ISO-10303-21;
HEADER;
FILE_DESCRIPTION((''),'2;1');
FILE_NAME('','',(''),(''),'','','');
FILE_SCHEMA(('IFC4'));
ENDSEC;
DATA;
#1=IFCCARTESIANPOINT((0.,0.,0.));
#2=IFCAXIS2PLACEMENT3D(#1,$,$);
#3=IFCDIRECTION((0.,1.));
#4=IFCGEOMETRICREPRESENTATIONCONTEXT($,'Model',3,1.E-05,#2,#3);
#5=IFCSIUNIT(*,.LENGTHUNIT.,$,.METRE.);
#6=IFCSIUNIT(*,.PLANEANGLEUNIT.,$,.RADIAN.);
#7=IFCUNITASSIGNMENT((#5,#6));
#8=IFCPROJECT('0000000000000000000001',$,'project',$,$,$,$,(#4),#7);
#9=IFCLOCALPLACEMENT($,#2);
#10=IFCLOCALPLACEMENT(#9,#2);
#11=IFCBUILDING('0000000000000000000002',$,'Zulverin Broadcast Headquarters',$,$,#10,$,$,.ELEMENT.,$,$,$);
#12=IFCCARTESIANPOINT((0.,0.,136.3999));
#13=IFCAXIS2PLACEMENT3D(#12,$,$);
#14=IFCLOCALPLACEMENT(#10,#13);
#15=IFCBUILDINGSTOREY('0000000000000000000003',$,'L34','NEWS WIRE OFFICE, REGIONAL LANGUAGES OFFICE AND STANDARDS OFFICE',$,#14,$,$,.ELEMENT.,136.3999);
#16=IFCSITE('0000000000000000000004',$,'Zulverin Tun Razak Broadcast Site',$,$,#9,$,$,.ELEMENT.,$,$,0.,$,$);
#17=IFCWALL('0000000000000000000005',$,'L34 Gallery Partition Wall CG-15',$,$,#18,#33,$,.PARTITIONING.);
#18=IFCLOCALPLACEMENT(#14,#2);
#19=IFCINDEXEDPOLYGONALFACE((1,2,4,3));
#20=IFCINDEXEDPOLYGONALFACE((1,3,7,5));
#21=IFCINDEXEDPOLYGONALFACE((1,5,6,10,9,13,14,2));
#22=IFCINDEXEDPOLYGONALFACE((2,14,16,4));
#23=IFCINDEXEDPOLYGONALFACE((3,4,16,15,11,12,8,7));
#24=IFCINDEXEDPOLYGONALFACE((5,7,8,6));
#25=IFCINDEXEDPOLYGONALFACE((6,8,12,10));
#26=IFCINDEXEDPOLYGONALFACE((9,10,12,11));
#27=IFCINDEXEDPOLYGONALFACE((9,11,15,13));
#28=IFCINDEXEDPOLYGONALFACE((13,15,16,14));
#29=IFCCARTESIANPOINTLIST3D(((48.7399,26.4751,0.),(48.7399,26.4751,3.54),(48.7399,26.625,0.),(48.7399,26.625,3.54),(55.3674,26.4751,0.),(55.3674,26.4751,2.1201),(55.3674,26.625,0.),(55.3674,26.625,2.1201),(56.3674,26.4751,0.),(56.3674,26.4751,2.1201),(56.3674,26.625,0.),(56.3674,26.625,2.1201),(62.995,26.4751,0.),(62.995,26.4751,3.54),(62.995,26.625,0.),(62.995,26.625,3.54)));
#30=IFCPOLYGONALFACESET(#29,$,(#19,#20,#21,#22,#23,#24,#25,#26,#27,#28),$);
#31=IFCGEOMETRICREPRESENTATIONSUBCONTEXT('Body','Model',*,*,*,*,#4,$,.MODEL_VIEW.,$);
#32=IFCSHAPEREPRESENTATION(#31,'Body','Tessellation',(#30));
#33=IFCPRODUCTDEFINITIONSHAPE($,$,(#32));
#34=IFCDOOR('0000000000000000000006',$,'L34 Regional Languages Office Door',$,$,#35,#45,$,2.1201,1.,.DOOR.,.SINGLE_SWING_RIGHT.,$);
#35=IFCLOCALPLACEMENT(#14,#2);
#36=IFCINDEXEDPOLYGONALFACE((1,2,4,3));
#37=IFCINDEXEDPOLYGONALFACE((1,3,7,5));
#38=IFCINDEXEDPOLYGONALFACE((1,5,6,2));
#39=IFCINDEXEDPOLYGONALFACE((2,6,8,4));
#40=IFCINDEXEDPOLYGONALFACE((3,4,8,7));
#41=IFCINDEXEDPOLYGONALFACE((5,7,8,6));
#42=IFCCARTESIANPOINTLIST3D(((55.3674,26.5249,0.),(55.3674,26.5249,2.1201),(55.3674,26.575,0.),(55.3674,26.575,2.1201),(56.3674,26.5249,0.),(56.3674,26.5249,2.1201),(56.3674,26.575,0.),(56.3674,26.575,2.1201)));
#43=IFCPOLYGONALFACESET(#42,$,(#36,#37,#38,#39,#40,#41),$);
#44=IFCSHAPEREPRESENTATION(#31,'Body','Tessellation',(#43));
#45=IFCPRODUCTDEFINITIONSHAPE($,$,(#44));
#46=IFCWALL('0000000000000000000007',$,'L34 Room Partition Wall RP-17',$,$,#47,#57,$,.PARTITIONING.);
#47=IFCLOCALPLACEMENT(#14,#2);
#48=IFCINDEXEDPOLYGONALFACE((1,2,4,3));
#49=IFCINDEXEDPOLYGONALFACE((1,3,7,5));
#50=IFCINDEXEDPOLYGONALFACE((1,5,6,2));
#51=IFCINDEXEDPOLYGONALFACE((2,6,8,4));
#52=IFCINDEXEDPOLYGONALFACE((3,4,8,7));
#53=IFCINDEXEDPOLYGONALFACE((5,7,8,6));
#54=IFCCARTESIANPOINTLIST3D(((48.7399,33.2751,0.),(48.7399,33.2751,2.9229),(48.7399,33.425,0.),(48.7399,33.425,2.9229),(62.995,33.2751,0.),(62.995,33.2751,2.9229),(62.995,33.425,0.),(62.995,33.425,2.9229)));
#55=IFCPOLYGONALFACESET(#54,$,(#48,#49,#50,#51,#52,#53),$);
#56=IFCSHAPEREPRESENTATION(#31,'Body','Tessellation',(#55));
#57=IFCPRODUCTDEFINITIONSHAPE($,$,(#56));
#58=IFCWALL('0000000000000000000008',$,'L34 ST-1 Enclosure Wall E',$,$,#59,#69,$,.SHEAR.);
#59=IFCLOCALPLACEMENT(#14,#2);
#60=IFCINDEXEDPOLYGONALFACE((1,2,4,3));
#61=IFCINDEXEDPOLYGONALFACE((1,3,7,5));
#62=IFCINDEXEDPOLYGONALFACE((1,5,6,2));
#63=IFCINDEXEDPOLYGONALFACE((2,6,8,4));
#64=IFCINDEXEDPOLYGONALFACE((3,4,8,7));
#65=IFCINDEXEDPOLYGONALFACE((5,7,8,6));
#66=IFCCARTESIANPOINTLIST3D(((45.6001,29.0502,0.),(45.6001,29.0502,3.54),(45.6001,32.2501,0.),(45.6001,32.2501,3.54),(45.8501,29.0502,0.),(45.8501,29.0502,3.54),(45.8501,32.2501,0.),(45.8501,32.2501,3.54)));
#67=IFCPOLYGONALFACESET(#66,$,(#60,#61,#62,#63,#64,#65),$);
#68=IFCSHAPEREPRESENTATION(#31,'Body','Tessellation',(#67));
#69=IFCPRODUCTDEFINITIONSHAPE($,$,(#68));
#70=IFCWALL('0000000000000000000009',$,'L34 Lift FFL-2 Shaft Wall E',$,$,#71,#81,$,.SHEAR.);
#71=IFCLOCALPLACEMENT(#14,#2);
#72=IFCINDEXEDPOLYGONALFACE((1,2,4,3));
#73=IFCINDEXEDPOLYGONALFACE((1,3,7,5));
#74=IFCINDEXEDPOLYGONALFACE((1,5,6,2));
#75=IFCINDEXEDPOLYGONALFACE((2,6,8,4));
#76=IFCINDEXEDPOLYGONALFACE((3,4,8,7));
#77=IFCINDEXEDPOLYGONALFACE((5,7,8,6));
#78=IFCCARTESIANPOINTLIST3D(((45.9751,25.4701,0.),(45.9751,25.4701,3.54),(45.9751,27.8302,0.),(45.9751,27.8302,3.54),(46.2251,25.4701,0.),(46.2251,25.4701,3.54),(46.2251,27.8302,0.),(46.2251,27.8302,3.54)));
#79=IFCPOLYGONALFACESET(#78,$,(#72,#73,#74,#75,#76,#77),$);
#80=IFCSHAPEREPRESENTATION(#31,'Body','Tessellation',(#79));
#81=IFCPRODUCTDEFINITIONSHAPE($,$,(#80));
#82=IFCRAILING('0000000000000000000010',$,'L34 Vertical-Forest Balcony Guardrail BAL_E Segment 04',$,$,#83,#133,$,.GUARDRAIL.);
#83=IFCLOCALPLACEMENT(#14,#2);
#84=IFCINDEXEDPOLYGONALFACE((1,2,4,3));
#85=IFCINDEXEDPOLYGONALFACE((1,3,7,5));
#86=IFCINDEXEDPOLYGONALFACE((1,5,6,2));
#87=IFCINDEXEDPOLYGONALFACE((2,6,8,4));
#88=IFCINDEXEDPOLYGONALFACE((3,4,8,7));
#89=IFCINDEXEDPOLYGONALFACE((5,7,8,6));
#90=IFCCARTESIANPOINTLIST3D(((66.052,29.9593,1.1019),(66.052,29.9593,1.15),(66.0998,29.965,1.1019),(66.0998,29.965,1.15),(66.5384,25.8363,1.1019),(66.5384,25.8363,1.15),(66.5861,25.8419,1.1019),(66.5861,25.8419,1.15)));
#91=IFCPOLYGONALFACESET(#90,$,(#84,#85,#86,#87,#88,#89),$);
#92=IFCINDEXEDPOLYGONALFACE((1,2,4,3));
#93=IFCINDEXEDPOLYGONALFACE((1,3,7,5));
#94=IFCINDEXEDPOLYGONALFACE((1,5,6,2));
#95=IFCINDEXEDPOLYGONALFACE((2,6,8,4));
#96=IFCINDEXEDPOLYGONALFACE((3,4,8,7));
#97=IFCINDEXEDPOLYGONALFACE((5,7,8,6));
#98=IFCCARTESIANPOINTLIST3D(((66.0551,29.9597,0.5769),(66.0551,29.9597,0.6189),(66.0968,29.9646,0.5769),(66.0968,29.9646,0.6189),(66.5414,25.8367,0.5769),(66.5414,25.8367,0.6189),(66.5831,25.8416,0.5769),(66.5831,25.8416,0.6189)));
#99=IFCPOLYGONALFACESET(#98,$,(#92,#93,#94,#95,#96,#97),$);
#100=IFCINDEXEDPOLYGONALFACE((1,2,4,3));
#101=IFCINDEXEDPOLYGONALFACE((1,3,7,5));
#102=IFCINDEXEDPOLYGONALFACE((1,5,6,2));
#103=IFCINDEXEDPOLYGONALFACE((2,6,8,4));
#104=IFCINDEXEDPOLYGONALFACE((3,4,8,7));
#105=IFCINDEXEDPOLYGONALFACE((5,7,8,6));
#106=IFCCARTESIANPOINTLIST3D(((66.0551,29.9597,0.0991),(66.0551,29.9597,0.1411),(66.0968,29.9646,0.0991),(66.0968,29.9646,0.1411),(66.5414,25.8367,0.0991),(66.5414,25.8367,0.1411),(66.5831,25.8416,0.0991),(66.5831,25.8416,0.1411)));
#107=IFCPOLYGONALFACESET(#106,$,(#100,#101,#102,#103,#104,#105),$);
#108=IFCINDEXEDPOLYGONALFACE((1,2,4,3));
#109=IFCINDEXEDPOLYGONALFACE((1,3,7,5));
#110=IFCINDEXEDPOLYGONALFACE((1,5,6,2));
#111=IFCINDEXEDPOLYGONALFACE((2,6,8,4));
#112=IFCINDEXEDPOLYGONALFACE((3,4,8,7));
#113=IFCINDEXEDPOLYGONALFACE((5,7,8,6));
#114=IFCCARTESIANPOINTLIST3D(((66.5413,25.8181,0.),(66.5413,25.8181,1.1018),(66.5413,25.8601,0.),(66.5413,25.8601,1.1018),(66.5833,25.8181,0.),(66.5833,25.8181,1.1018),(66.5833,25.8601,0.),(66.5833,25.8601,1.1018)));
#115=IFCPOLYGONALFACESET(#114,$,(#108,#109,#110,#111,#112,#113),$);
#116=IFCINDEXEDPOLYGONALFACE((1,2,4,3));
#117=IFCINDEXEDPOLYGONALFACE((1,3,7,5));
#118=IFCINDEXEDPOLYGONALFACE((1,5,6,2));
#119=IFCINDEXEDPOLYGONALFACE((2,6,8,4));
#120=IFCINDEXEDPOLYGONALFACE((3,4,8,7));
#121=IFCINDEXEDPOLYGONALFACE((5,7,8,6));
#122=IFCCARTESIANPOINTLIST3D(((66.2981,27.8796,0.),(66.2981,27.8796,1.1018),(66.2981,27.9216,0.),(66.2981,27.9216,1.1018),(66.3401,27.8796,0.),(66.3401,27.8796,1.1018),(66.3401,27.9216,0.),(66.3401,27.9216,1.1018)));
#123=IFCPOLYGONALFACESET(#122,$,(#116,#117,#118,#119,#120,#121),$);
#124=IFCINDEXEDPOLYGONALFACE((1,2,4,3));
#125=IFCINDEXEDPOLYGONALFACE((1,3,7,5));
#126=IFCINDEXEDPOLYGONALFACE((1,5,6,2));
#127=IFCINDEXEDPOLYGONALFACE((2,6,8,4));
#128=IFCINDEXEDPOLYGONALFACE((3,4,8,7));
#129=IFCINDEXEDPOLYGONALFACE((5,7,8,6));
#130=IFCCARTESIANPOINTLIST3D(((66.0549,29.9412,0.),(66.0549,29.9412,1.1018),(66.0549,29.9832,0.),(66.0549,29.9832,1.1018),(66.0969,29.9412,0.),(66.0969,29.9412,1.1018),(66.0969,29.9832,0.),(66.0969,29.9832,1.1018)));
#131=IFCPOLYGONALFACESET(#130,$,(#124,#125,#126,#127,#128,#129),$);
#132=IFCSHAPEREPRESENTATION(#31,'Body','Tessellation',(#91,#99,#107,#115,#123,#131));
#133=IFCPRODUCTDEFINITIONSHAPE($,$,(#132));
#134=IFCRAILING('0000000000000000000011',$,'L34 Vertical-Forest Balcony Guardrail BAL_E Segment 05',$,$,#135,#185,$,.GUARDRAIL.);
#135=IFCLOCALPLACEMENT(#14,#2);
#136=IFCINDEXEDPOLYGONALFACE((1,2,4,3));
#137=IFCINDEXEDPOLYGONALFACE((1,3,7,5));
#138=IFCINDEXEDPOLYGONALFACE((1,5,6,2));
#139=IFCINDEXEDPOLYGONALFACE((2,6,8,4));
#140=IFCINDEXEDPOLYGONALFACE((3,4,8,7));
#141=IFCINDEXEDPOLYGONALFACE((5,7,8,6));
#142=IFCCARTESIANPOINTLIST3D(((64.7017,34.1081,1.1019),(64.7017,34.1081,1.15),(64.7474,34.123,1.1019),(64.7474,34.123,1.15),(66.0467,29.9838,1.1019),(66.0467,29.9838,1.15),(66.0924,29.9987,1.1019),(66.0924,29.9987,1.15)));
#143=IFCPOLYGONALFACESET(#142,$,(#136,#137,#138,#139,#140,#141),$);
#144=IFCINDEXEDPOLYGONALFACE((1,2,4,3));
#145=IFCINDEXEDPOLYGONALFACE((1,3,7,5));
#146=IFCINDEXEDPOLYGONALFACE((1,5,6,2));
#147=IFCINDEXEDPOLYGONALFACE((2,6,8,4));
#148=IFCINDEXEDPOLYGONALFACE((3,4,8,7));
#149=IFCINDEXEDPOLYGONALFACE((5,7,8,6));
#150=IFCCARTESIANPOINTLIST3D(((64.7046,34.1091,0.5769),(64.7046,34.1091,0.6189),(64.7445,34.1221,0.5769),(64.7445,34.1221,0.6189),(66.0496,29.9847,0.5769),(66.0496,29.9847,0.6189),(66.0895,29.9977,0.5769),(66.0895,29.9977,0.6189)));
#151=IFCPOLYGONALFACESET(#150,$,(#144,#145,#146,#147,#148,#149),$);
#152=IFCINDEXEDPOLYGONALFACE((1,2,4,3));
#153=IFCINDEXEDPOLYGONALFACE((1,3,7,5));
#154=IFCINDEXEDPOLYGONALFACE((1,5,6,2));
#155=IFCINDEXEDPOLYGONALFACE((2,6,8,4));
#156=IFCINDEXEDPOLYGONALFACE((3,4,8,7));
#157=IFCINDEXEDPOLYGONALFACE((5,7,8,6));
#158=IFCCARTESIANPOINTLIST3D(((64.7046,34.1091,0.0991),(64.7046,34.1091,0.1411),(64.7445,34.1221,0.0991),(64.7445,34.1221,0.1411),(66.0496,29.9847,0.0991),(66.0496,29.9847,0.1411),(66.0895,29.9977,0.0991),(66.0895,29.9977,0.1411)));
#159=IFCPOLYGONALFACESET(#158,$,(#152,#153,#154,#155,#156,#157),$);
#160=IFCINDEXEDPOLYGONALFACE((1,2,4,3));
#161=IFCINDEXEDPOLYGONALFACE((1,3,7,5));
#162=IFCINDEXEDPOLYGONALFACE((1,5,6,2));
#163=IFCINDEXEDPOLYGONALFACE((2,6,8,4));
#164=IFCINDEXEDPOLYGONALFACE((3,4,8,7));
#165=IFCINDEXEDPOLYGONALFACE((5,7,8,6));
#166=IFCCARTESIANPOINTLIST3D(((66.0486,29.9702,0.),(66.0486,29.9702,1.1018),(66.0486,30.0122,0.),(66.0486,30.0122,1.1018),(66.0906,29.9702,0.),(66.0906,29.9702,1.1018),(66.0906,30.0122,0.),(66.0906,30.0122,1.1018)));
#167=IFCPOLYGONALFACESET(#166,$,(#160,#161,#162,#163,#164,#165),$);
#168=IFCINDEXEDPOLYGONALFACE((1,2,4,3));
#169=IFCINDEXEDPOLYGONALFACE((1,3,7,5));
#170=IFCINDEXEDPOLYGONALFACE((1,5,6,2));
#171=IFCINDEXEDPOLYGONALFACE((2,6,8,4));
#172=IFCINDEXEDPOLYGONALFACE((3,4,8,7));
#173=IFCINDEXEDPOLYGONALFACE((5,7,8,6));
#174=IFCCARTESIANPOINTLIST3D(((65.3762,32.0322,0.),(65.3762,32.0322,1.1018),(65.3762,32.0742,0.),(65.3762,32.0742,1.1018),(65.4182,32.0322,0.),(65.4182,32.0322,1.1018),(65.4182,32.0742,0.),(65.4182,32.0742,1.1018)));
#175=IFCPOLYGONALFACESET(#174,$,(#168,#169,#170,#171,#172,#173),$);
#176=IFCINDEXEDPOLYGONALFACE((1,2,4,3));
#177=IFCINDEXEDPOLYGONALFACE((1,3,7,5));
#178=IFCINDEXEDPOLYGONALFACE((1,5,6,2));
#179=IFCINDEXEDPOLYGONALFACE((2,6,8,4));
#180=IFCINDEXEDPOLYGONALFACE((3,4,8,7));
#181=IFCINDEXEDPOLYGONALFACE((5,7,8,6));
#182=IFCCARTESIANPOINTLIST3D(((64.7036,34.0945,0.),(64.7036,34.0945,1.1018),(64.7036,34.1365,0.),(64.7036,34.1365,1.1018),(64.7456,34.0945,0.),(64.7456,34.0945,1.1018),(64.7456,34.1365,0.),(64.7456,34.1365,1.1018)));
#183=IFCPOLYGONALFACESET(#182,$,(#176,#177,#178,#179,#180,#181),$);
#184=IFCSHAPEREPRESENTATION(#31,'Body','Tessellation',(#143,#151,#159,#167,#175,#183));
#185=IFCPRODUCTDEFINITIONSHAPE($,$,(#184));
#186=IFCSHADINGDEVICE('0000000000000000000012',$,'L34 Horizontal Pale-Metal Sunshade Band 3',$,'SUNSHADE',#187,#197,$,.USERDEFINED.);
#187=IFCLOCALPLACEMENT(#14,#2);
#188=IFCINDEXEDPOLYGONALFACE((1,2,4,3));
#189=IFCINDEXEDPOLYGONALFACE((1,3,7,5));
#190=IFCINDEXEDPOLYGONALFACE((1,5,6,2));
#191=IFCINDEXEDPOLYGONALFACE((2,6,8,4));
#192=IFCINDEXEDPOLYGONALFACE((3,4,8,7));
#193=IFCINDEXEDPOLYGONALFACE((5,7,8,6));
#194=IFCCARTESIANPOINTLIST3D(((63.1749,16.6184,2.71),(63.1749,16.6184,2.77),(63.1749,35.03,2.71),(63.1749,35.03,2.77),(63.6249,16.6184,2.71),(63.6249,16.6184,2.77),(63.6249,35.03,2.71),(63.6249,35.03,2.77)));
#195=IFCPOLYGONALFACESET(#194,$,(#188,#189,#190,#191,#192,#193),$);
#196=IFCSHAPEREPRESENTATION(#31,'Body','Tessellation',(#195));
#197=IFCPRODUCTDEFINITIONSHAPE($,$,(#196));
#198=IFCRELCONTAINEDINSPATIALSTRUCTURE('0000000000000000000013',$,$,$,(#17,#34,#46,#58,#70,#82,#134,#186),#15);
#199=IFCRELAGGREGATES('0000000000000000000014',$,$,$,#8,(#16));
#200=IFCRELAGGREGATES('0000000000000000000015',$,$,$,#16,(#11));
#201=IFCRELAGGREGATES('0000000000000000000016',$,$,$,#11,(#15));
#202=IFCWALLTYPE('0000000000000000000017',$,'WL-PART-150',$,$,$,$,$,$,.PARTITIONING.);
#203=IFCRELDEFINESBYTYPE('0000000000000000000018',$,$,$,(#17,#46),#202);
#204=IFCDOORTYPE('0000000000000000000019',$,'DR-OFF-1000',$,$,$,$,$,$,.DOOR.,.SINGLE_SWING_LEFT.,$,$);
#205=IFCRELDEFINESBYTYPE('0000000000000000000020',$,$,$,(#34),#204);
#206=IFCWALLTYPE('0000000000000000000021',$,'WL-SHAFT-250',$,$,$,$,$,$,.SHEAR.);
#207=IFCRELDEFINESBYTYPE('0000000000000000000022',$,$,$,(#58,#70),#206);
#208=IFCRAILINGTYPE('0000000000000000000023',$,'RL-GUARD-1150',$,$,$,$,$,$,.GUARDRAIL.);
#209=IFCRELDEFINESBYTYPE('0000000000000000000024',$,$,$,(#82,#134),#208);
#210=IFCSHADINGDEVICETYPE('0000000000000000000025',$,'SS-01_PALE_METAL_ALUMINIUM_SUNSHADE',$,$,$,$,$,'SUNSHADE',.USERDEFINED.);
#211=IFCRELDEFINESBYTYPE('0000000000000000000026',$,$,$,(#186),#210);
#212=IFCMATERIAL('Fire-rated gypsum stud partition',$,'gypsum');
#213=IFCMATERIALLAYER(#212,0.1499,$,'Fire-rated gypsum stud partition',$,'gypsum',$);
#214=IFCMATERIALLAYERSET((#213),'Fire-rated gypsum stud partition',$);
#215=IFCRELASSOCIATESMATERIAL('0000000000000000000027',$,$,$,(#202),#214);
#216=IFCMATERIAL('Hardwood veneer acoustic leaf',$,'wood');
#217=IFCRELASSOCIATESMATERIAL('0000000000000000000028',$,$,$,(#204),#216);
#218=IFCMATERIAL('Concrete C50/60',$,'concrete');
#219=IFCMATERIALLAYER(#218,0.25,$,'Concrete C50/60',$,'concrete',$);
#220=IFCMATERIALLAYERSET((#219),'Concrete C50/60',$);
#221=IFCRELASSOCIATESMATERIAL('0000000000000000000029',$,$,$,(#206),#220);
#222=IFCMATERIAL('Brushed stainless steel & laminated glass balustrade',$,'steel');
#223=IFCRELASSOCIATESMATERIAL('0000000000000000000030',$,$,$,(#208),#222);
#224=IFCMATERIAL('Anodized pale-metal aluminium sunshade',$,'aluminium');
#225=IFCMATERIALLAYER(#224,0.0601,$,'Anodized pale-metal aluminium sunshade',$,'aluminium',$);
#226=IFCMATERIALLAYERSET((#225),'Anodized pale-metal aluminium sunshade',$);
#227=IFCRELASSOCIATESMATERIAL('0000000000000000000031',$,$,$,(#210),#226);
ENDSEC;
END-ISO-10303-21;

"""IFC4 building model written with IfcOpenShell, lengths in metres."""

from ifc_helpers import new_model, si_unit, direction, frame, frame_2d, origin, origin_2d, place, context, subcontext, project, spatial, rectangle, extrude, material, layer, layer_set, type_object, element, fill, save


model = new_model("IFC4")

# Units and contexts
model_context = context("Model", 3, precision=1e-05, world=origin(), true_north=direction((0.0, 1.0)))
body_context = subcontext(model_context, "Body", "Model", "MODEL_VIEW")
ifc_project = project(units=[si_unit("LENGTHUNIT", "METRE"), si_unit("PLANEANGLEUNIT", "RADIAN")], contexts=[model_context])

# Site, building, storey
site_placement = place(None, origin())
site = spatial("IfcSite", under=ifc_project, at=site_placement, Name="Zulverin Tun Razak Broadcast Site", CompositionType="ELEMENT", RefElevation=0.0)
building_placement = place(site_placement, origin())
building = spatial("IfcBuilding", under=site, at=building_placement, Name="Zulverin Broadcast Headquarters", CompositionType="ELEMENT")
storey_placement = place(building_placement, frame((0.0, 0.0, 136.3999)))
storey = spatial("IfcBuildingStorey", under=building, at=storey_placement, Name="L34", Description="NEWS WIRE OFFICE, REGIONAL LANGUAGES OFFICE AND STANDARDS OFFICE", CompositionType="ELEMENT", Elevation=136.3999)

# Shared definitions
ifc_material_1 = material(Name="Concrete C50/60", Category="concrete")

# Wall, opening, door
ifc_material_2 = material(Name="Fire-rated gypsum stud partition", Category="gypsum")
ifc_layer_1 = layer(ifc_material_2, 0.1499, Name="Fire-rated gypsum stud partition", Category="gypsum")
ifc_layer_set_1 = layer_set([ifc_layer_1], Name="Fire-rated gypsum stud partition")
wall_type_1 = type_object("IfcWallType", Name="WL-PART-150", PredefinedType="PARTITIONING", material=ifc_layer_set_1)
wall_1_placement = place(storey_placement, frame((48.74, 26.55, 0.0), z_axis=(0.0, 0.0, 1.0), x_axis=(1.0, 0.0, 0.0)))
wall_1 = element("IfcWall", 1, at=wall_1_placement, inside=storey, type_object=wall_type_1, Name="L34 Gallery Partition Wall CG-15", PredefinedType="PARTITIONING", context=body_context, shape_type="SweptSolid", body=[
    extrude(rectangle(XDim=14.2551, YDim=0.1499, at=frame_2d((7.1274, 0.0))), origin(), (0.0, 0.0, 1.0), 3.54),
])
opening_placement = place(wall_1_placement, frame((6.6274, 0.0, 0.0)))
opening = element("IfcOpeningElement", 2, at=opening_placement, cuts=wall_1, PredefinedType="OPENING", context=body_context, shape_type="SweptSolid", body=[
    extrude(rectangle(XDim=1.0, YDim=2.1201, at=frame_2d((0.5, 1.0601))), frame((0.0, 0.085, 0.0), z_axis=(0.0, -1.0, 0.0), x_axis=(1.0, 0.0, 0.0)), (0.0, 0.0, 1.0), 0.1699),
])
ifc_material_3 = material(Name="Hardwood veneer acoustic leaf", Category="wood")
door_type = type_object("IfcDoorType", Name="DR-OFF-1000", OperationType="SINGLE_SWING_LEFT", PredefinedType="DOOR", material=ifc_material_3)
door_placement = place(opening_placement, origin())
door = element("IfcDoor", 3, at=door_placement, inside=storey, type_object=door_type, Name="L34 Regional Languages Office Door", OperationType="SINGLE_SWING_RIGHT", OverallHeight=2.1201, OverallWidth=1.0, PredefinedType="DOOR", context=body_context, shape_type="SweptSolid", body=[
    extrude(rectangle(XDim=1.0, YDim=2.1201, at=frame_2d((0.5, 1.0601))), frame((0.0, 0.0249, 0.0), z_axis=(0.0, -1.0, 0.0), x_axis=(1.0, 0.0, 0.0)), (0.0, 0.0, 1.0), 0.05),
])
fill(opening, door)

# Walls
wall_2_placement = place(storey_placement, frame((48.74, 33.3501, 0.0), z_axis=(0.0, 0.0, 1.0), x_axis=(1.0, 0.0, 0.0)))
element("IfcWall", 4, at=wall_2_placement, inside=storey, type_object=wall_type_1, Name="L34 Room Partition Wall RP-17", PredefinedType="PARTITIONING", context=body_context, shape_type="SweptSolid", body=[
    extrude(rectangle(XDim=14.2551, YDim=0.1499, at=frame_2d((7.1274, 0.0))), origin(), (0.0, 0.0, 1.0), 2.9229),
])
ifc_layer_2 = layer(ifc_material_1, 0.25, Name="Concrete C50/60", Category="concrete")
ifc_layer_set_2 = layer_set([ifc_layer_2], Name="Concrete C50/60")
wall_type_2 = type_object("IfcWallType", Name="WL-SHAFT-250", PredefinedType="SHEAR", material=ifc_layer_set_2)
wall_3_placement = place(storey_placement, frame((45.7251, 29.05, 0.0), z_axis=(0.0, 0.0, 1.0), x_axis=(0.0, 1.0, 0.0)))
element("IfcWall", 5, at=wall_3_placement, inside=storey, type_object=wall_type_2, Name="L34 ST-1 Enclosure Wall E", PredefinedType="SHEAR", context=body_context, shape_type="SweptSolid", body=[
    extrude(rectangle(XDim=3.2, YDim=0.25, at=frame_2d((1.6001, 0.0))), origin(), (0.0, 0.0, 1.0), 3.54),
])
wall_4_placement = place(storey_placement, frame((46.1001, 25.47, 0.0), z_axis=(0.0, 0.0, 1.0), x_axis=(0.0, 1.0, 0.0)))
element("IfcWall", 6, at=wall_4_placement, inside=storey, type_object=wall_type_2, Name="L34 Lift FFL-2 Shaft Wall E", PredefinedType="SHEAR", context=body_context, shape_type="SweptSolid", body=[
    extrude(rectangle(XDim=2.3601, YDim=0.25, at=frame_2d((1.1802, 0.0))), origin(), (0.0, 0.0, 1.0), 3.54),
])

# Railings
ifc_material_4 = material(Name="Brushed stainless steel & laminated glass balustrade", Category="steel")
railing_type = type_object("IfcRailingType", Name="RL-GUARD-1150", PredefinedType="GUARDRAIL", material=ifc_material_4)
railing_1_placement = place(storey_placement, frame((66.5623, 25.8391, 0.0)))
element("IfcRailing", 7, at=railing_1_placement, inside=storey, type_object=railing_type, Name="L34 Vertical-Forest Balcony Guardrail BAL_E Segment 04", PredefinedType="GUARDRAIL", context=body_context, shape_type="SweptSolid", body=[
    extrude(rectangle(XDim=0.0481, YDim=0.0481, at=origin_2d()), frame((0.0, 0.0, 1.126), z_axis=(-0.117141, 0.993115, 0.0), x_axis=(-0.993115, -0.117141, 0.0)), (0.0, 0.0, 1.0), 4.1516),
    extrude(rectangle(XDim=0.042, YDim=0.042, at=origin_2d()), frame((0.0, 0.0, 0.5979), z_axis=(-0.117141, 0.993115, 0.0), x_axis=(-0.993115, -0.117141, 0.0)), (0.0, 0.0, 1.0), 4.1516),
    extrude(rectangle(XDim=0.042, YDim=0.042, at=origin_2d()), frame((0.0, 0.0, 0.1201), z_axis=(-0.117141, 0.993115, 0.0), x_axis=(-0.993115, -0.117141, 0.0)), (0.0, 0.0, 1.0), 4.1516),
    extrude(rectangle(XDim=0.042, YDim=0.042, at=origin_2d()), origin(), (0.0, 0.0, 1.0), 1.1018),
    extrude(rectangle(XDim=0.042, YDim=0.042, at=origin_2d()), frame((-0.2432, 2.0615, 0.0)), (0.0, 0.0, 1.0), 1.1018),
    extrude(rectangle(XDim=0.042, YDim=0.042, at=origin_2d()), frame((-0.4863, 4.123, 0.0)), (0.0, 0.0, 1.0), 1.1018),
])
railing_2_placement = place(storey_placement, frame((66.0696, 29.9912, 0.0)))
element("IfcRailing", 8, at=railing_2_placement, inside=storey, type_object=railing_type, Name="L34 Vertical-Forest Balcony Guardrail BAL_E Segment 05", PredefinedType="GUARDRAIL", context=body_context, shape_type="SweptSolid", body=[
    extrude(rectangle(XDim=0.0481, YDim=0.0481, at=origin_2d()), frame((0.0, 0.0, 1.126), z_axis=(-0.310042, 0.950723, 0.0), x_axis=(-0.950723, -0.310042, 0.0)), (0.0, 0.0, 1.0), 4.3381),
    extrude(rectangle(XDim=0.042, YDim=0.042, at=origin_2d()), frame((0.0, 0.0, 0.5979), z_axis=(-0.310042, 0.950723, 0.0), x_axis=(-0.950723, -0.310042, 0.0)), (0.0, 0.0, 1.0), 4.3381),
    extrude(rectangle(XDim=0.042, YDim=0.042, at=origin_2d()), frame((0.0, 0.0, 0.1201), z_axis=(-0.310042, 0.950723, 0.0), x_axis=(-0.950723, -0.310042, 0.0)), (0.0, 0.0, 1.0), 4.3381),
    extrude(rectangle(XDim=0.042, YDim=0.042, at=origin_2d()), origin(), (0.0, 0.0, 1.0), 1.1018),
    extrude(rectangle(XDim=0.042, YDim=0.042, at=origin_2d()), frame((-0.6724, 2.062, 0.0)), (0.0, 0.0, 1.0), 1.1018),
    extrude(rectangle(XDim=0.042, YDim=0.042, at=origin_2d()), frame((-1.345, 4.1243, 0.0)), (0.0, 0.0, 1.0), 1.1018),
])

# Shading device
ifc_material_5 = material(Name="Anodized pale-metal aluminium sunshade", Category="aluminium")
ifc_layer_3 = layer(ifc_material_5, 0.0601, Name="Anodized pale-metal aluminium sunshade", Category="aluminium")
ifc_layer_set_3 = layer_set([ifc_layer_3], Name="Anodized pale-metal aluminium sunshade")
shading_device_type = type_object("IfcShadingDeviceType", Name="SS-01_PALE_METAL_ALUMINIUM_SUNSHADE", ElementType="SUNSHADE", PredefinedType="USERDEFINED", material=ifc_layer_set_3)
shading_device_placement = place(storey_placement, frame((63.3999, 25.8242, 2.71), z_axis=(0.0, 0.0, 1.0), x_axis=(0.0, 1.0, 0.0)))
element("IfcShadingDevice", 9, at=shading_device_placement, inside=storey, type_object=shading_device_type, Name="L34 Horizontal Pale-Metal Sunshade Band 3", ObjectType="SUNSHADE", PredefinedType="USERDEFINED", context=body_context, shape_type="SweptSolid", body=[
    extrude(rectangle(XDim=18.4116, YDim=0.45, at=origin_2d()), origin(), (0.0, 0.0, 1.0), 0.0601),
])

save(model, "model.ifc")
